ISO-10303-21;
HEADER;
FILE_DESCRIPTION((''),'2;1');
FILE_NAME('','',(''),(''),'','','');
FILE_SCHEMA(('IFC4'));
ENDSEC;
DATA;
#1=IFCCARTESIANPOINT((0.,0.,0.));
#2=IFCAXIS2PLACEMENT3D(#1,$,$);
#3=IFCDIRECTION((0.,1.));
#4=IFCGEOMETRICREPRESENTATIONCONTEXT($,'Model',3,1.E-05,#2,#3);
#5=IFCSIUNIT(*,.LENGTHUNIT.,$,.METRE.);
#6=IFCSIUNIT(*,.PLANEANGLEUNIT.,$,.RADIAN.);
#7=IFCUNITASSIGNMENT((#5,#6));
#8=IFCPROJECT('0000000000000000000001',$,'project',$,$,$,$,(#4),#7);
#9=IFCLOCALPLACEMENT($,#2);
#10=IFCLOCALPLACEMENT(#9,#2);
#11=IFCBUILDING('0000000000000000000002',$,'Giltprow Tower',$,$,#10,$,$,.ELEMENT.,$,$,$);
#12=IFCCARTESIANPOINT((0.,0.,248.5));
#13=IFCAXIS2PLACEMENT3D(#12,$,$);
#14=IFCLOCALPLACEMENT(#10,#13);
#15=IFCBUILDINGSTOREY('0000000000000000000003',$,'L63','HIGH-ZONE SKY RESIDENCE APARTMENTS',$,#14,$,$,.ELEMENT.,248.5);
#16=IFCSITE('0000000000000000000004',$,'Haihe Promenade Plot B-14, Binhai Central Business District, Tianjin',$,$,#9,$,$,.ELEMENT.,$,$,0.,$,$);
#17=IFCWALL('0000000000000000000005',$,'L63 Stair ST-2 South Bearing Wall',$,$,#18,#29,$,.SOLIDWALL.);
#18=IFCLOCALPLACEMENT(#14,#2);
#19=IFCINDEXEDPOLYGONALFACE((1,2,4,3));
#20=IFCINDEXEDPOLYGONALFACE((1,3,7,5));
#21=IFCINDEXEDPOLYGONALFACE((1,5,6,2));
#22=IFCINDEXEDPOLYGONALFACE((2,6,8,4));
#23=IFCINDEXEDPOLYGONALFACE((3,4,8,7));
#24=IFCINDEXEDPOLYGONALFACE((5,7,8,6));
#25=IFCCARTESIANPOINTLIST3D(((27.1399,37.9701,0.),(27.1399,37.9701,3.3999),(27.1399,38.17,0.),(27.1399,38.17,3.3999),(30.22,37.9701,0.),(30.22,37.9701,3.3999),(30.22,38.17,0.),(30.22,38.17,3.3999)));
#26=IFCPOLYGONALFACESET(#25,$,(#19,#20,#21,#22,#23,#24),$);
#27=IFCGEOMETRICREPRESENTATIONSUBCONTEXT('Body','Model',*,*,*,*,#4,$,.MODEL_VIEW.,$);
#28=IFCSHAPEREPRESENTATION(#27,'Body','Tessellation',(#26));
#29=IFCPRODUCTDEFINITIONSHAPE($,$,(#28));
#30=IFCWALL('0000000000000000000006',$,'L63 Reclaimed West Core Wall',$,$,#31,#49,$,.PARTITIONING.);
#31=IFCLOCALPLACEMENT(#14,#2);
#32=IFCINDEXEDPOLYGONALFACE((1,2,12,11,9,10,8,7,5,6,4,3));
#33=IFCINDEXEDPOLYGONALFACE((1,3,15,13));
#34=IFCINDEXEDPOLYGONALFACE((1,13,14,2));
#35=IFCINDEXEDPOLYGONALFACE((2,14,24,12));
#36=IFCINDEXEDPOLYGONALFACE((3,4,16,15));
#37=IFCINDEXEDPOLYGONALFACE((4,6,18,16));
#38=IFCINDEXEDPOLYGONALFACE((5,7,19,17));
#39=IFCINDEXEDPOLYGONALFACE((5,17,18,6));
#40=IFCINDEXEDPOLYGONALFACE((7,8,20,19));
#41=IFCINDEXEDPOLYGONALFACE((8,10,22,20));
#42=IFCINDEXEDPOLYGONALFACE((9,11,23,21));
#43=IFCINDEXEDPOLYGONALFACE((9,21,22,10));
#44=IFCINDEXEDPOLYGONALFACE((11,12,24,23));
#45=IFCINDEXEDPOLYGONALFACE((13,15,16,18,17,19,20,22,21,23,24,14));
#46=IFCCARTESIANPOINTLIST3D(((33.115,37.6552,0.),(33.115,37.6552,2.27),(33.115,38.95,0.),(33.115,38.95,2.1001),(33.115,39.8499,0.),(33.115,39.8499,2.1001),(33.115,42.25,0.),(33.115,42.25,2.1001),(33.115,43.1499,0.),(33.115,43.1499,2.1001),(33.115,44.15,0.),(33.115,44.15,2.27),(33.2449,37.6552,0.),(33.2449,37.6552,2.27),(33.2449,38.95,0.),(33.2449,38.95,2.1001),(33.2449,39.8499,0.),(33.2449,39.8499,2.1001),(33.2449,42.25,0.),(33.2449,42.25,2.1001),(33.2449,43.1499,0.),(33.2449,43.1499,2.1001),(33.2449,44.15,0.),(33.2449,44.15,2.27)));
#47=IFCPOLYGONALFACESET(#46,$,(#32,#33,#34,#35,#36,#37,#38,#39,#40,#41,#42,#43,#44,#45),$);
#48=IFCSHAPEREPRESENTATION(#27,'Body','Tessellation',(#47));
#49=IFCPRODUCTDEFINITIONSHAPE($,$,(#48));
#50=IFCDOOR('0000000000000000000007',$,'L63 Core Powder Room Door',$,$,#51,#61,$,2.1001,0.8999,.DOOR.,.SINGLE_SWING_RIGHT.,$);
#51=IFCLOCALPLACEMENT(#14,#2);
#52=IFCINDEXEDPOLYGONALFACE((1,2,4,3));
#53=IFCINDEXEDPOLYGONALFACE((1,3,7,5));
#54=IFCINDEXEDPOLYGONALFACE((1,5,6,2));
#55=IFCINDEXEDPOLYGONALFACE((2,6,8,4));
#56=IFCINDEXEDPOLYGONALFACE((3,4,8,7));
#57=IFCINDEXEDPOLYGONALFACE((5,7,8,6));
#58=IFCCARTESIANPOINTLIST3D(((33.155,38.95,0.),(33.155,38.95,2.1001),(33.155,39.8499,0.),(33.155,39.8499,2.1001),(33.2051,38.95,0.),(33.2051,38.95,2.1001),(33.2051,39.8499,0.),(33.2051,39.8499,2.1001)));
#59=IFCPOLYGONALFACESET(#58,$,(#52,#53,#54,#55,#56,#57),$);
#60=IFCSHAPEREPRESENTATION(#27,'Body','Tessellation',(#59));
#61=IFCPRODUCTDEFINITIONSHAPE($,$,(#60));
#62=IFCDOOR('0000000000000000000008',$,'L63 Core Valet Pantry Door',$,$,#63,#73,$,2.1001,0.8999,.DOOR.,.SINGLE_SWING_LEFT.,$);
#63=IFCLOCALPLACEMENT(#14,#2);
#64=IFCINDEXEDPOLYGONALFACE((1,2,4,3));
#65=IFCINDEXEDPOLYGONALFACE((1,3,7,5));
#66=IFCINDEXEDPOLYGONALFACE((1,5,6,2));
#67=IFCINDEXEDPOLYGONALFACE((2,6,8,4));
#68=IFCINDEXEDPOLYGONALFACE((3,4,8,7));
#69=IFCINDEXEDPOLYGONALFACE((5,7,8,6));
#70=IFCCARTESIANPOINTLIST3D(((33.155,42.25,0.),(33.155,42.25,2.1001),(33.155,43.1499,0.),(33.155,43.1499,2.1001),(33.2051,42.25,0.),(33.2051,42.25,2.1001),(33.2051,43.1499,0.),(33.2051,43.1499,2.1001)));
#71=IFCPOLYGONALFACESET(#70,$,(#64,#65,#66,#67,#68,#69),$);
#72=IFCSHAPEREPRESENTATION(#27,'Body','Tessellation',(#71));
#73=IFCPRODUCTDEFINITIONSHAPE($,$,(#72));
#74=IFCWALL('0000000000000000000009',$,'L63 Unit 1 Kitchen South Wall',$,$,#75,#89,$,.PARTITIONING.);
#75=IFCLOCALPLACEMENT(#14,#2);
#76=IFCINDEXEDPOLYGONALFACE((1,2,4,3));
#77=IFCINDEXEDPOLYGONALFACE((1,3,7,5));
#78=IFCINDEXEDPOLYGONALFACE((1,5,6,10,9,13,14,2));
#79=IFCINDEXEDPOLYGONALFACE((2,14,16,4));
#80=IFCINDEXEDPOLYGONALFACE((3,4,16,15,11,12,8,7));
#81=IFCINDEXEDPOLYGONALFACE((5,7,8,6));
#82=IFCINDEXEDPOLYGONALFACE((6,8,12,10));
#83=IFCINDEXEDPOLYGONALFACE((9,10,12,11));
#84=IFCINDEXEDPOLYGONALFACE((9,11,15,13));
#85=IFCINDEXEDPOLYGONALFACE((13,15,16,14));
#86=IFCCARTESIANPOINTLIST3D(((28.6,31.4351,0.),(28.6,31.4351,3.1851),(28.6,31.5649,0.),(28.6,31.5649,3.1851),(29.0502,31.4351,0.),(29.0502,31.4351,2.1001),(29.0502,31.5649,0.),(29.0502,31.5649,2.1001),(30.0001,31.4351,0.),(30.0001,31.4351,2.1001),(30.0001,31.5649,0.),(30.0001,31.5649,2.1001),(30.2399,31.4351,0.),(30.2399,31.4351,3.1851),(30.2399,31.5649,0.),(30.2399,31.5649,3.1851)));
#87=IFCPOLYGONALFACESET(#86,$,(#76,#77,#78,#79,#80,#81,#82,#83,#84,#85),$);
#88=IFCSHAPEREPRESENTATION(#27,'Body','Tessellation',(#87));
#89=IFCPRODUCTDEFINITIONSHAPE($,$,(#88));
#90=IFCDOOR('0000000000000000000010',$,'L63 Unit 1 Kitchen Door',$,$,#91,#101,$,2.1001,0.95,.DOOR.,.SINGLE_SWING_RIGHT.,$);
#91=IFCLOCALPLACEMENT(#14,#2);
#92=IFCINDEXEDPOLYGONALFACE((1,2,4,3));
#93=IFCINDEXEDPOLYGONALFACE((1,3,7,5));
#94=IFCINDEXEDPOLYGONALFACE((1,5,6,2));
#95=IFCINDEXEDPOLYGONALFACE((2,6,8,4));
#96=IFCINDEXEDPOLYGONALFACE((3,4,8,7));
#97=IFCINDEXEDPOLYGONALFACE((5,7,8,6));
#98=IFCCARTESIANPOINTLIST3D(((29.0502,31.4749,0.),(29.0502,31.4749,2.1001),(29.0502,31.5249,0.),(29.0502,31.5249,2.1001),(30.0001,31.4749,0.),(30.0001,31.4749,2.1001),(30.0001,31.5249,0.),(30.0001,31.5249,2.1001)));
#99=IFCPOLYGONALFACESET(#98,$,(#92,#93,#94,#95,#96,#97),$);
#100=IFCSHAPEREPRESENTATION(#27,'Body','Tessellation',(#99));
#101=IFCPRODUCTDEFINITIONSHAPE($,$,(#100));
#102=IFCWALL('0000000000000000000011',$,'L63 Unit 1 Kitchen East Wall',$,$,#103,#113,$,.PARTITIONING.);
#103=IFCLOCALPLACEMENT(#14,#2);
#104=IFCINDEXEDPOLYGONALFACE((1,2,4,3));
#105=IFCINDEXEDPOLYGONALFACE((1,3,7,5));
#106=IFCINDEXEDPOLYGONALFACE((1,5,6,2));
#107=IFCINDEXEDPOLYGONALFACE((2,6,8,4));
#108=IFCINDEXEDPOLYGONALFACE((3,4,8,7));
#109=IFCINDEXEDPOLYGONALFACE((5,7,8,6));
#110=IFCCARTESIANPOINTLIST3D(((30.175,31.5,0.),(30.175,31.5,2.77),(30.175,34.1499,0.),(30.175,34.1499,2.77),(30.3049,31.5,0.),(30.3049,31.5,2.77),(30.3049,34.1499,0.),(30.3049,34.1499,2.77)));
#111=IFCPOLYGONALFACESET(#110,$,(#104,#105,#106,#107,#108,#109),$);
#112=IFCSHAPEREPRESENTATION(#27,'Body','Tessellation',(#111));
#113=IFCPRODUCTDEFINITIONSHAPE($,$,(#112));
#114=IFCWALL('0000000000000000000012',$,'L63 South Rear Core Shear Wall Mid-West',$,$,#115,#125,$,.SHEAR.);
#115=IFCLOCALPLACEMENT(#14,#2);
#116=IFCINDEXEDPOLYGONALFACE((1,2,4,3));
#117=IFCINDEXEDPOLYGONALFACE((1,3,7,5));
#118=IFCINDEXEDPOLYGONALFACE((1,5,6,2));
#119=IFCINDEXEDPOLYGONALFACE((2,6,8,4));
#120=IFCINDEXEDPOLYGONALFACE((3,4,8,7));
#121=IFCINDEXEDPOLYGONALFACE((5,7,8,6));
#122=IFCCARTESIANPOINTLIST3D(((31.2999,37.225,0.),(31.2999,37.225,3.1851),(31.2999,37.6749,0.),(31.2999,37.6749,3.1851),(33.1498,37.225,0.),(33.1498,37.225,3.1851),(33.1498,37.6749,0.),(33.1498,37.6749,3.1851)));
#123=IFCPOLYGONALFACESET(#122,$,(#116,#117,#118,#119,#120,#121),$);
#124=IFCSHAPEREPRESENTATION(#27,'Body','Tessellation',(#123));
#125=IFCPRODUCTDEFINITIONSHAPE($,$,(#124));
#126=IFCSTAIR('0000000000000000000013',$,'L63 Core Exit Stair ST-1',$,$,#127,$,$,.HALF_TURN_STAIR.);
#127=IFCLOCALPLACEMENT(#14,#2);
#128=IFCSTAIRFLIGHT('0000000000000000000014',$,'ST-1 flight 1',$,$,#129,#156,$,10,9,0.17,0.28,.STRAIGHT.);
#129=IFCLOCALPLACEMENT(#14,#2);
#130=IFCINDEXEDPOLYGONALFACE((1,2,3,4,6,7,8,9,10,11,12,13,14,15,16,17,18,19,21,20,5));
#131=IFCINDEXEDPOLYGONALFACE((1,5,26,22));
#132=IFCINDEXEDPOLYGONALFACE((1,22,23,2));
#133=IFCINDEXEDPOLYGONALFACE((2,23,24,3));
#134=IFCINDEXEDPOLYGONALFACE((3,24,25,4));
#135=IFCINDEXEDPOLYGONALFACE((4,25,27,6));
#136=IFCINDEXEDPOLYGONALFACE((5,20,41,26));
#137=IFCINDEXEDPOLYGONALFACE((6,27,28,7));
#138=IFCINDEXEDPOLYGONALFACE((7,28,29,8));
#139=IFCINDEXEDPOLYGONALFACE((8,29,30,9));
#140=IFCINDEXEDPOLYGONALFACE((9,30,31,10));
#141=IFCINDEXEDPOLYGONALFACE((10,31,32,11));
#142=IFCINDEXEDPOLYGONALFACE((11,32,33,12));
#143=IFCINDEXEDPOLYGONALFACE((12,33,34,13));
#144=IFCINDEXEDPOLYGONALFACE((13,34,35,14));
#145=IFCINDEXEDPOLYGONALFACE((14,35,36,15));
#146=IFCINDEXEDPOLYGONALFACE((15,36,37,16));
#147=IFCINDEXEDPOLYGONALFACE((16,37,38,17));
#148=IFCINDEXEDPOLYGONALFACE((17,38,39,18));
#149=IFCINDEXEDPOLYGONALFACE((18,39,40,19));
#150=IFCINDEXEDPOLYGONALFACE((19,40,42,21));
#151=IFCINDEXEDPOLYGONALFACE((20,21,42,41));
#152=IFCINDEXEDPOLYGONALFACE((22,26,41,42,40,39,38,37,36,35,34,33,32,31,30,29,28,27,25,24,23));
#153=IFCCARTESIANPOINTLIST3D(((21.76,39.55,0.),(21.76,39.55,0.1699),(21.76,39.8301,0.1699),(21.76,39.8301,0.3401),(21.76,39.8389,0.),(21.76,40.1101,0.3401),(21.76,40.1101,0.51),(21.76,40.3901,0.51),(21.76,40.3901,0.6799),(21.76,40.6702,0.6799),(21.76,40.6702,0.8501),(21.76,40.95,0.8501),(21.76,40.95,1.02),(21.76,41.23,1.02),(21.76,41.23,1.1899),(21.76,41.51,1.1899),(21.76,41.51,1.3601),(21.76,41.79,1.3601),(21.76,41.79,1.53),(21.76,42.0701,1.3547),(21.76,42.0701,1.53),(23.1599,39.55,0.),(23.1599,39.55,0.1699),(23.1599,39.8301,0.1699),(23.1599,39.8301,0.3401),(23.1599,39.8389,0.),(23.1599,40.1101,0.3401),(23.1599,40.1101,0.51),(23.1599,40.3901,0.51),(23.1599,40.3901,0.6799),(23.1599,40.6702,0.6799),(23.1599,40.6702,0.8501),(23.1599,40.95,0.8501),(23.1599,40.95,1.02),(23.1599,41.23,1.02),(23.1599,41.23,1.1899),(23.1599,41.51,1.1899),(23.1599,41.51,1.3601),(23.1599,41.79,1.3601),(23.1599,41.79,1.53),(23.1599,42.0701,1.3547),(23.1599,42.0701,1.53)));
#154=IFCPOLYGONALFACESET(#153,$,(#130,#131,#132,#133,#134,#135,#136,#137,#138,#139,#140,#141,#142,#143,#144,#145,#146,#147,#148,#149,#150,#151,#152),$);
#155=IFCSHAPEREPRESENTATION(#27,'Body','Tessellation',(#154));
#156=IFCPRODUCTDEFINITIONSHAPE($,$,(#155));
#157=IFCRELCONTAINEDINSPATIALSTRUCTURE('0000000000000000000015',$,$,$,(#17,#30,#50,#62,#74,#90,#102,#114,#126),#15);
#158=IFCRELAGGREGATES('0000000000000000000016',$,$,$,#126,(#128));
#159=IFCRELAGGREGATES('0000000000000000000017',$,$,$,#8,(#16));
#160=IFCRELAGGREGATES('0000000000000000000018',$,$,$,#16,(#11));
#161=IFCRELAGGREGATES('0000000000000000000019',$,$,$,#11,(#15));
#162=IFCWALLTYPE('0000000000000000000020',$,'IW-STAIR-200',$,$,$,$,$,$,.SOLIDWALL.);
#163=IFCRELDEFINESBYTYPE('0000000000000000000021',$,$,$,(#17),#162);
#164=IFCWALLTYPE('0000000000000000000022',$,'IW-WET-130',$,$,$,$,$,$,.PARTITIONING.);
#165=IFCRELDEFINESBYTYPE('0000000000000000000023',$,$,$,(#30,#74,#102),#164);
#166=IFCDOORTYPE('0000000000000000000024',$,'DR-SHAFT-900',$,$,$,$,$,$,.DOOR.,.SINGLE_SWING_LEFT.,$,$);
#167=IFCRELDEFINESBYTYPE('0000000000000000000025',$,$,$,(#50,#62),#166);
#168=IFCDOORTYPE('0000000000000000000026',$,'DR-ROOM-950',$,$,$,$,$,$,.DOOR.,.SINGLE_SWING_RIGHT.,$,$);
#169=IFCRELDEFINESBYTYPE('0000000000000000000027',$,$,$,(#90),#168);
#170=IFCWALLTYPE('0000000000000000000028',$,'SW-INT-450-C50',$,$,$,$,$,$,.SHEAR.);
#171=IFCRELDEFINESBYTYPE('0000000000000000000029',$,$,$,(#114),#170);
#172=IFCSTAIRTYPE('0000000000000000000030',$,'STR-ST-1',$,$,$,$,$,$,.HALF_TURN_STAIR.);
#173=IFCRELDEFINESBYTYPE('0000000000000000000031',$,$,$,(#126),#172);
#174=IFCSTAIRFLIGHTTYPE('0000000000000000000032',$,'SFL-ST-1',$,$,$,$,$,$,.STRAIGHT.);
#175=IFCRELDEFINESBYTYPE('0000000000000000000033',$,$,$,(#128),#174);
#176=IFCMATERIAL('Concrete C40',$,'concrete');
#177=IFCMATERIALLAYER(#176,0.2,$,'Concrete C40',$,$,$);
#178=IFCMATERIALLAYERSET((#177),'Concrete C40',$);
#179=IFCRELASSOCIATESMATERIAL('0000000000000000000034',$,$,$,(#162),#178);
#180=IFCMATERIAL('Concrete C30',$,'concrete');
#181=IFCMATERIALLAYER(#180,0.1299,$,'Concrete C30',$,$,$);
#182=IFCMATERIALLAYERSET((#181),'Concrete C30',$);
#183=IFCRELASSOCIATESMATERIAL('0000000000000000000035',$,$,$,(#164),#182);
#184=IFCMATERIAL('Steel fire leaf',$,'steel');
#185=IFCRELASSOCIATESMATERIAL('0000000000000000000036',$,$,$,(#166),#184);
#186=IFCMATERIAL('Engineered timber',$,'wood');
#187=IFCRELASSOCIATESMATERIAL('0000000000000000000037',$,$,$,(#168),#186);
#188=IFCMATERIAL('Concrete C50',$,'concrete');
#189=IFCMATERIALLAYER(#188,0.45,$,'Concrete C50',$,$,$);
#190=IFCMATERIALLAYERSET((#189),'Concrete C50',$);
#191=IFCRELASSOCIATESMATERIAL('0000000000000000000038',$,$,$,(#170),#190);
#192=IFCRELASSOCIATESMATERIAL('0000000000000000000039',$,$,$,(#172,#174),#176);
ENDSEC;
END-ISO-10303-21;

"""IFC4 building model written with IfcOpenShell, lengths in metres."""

from ifc_helpers import new_model, si_unit, direction, frame, frame_2d, origin, place, context, subcontext, project, spatial, polyline, rectangle, outline, extrude, source, transform, mapped, material, layer, layer_set, type_object, element, fill, aggregate, save


model = new_model("IFC4")

# Units and contexts
model_context = context("Model", 3, precision=1e-05, world=origin(), true_north=direction((0.0, 1.0)))
body_context = subcontext(model_context, "Body", "Model", "MODEL_VIEW")
ifc_project = project(units=[si_unit("LENGTHUNIT", "METRE"), si_unit("PLANEANGLEUNIT", "RADIAN")], contexts=[model_context])

# Site, building, storey
site_placement = place(None, origin())
site = spatial("IfcSite", under=ifc_project, at=site_placement, Name="Haihe Promenade Plot B-14, Binhai Central Business District, Tianjin", CompositionType="ELEMENT", RefElevation=0.0)
building_placement = place(site_placement, origin())
building = spatial("IfcBuilding", under=site, at=building_placement, Name="Giltprow Tower", CompositionType="ELEMENT")
storey_placement = place(building_placement, frame((0.0, 0.0, 248.5)))
storey = spatial("IfcBuildingStorey", under=building, at=storey_placement, Name="L63", Description="HIGH-ZONE SKY RESIDENCE APARTMENTS", CompositionType="ELEMENT", Elevation=248.5)

# Shared definitions
ifc_material_1 = material(Name="Concrete C50", Category="concrete")

# Shared definitions
ifc_material_2 = material(Name="Concrete C40", Category="concrete")
ifc_layer_1 = layer(ifc_material_2, 0.2, Name="Concrete C40")
ifc_layer_set_1 = layer_set([ifc_layer_1], Name="Concrete C40")
wall_type_1 = type_object("IfcWallType", Name="IW-STAIR-200", PredefinedType="SOLIDWALL", material=ifc_layer_set_1)
ifc_material_3 = material(Name="Steel fire leaf", Category="steel")

# Wall
wall_1_placement = place(storey_placement, frame((27.1399, 38.0701, 0.0), z_axis=(0.0, 0.0, 1.0), x_axis=(1.0, 0.0, 0.0)))
element("IfcWall", 1, at=wall_1_placement, inside=storey, type_object=wall_type_1, Name="L63 Stair ST-2 South Bearing Wall", PredefinedType="SOLIDWALL", context=body_context, shape_type="SweptSolid", body=[
    extrude(rectangle(XDim=3.0801, YDim=0.2, at=frame_2d((1.54, 0.0))), origin(), (0.0, 0.0, 1.0), 3.3999),
])

# Wall, openings, doors
ifc_material_4 = material(Name="Concrete C30", Category="concrete")
ifc_layer_2 = layer(ifc_material_4, 0.1299, Name="Concrete C30")
ifc_layer_set_2 = layer_set([ifc_layer_2], Name="Concrete C30")
wall_type_2 = type_object("IfcWallType", Name="IW-WET-130", PredefinedType="PARTITIONING", material=ifc_layer_set_2)
wall_2_placement = place(storey_placement, frame((33.1799, 37.655, 0.0), z_axis=(0.0, 0.0, 1.0), x_axis=(0.0, 1.0, 0.0)))
wall_2 = element("IfcWall", 2, at=wall_2_placement, inside=storey, type_object=wall_type_2, Name="L63 Reclaimed West Core Wall", PredefinedType="PARTITIONING", context=body_context, shape_type="SweptSolid", body=[
    extrude(rectangle(XDim=6.4949, YDim=0.1299, at=frame_2d((3.2476, 0.0))), origin(), (0.0, 0.0, 1.0), 2.27),
])
opening_1_placement = place(wall_2_placement, frame((1.2949, 0.0, 0.0)))
opening_1 = element("IfcOpeningElement", 3, at=opening_1_placement, cuts=wall_2, PredefinedType="OPENING", context=body_context, shape_type="SweptSolid", body=[
    extrude(rectangle(XDim=0.8999, YDim=2.1001, at=frame_2d((0.45, 1.05))), frame((0.0, 0.075, 0.0), z_axis=(0.0, -1.0, 0.0), x_axis=(1.0, 0.0, 0.0)), (0.0, 0.0, 1.0), 0.1499),
])
opening_2_placement = place(wall_2_placement, frame((4.595, 0.0, 0.0)))
opening_2 = element("IfcOpeningElement", 4, at=opening_2_placement, cuts=wall_2, PredefinedType="OPENING", context=body_context, shape_type="SweptSolid", body=[
    extrude(rectangle(XDim=0.8999, YDim=2.1001, at=frame_2d((0.45, 1.05))), frame((0.0, 0.075, 0.0), z_axis=(0.0, -1.0, 0.0), x_axis=(1.0, 0.0, 0.0)), (0.0, 0.0, 1.0), 0.1499),
])
door_type_1 = type_object("IfcDoorType", Name="DR-SHAFT-900", OperationType="SINGLE_SWING_LEFT", PredefinedType="DOOR", material=ifc_material_3)
shared_shape_1 = source(origin(), body_context, "Body", "SweptSolid", [
    extrude(rectangle(XDim=0.8999, YDim=2.1001, at=frame_2d((0.45, 1.05))), frame((0.0, 0.0249, 0.0), z_axis=(0.0, -1.0, 0.0), x_axis=(1.0, 0.0, 0.0)), (0.0, 0.0, 1.0), 0.05),
])
door_1_placement = place(opening_1_placement, origin())
door_1 = element("IfcDoor", 5, at=door_1_placement, inside=storey, type_object=door_type_1, Name="L63 Core Powder Room Door", OperationType="SINGLE_SWING_RIGHT", OverallHeight=2.1001, OverallWidth=0.8999, PredefinedType="DOOR", context=body_context, shape_type="MappedRepresentation", body=[
    mapped(shared_shape_1, transform((0.0, 0.0, 0.0), x_axis=(1.0, 0.0, 0.0), y_axis=(0.0, 1.0, 0.0), z_axis=(0.0, 0.0, 1.0), scale=1.0)),
])
fill(opening_1, door_1)
door_2_placement = place(opening_2_placement, origin())
door_2 = element("IfcDoor", 6, at=door_2_placement, inside=storey, type_object=door_type_1, Name="L63 Core Valet Pantry Door", OperationType="SINGLE_SWING_LEFT", OverallHeight=2.1001, OverallWidth=0.8999, PredefinedType="DOOR", context=body_context, shape_type="MappedRepresentation", body=[
    mapped(shared_shape_1, transform((0.0, 0.0, 0.0), x_axis=(1.0, 0.0, 0.0), y_axis=(0.0, 1.0, 0.0), z_axis=(0.0, 0.0, 1.0), scale=1.0)),
])
fill(opening_2, door_2)

# Wall, opening, door
wall_3_placement = place(storey_placement, frame((28.6001, 31.5, 0.0), z_axis=(0.0, 0.0, 1.0), x_axis=(1.0, 0.0, 0.0)))
wall_3 = element("IfcWall", 7, at=wall_3_placement, inside=storey, type_object=wall_type_2, Name="L63 Unit 1 Kitchen South Wall", PredefinedType="PARTITIONING", context=body_context, shape_type="SweptSolid", body=[
    extrude(rectangle(XDim=1.6399, YDim=0.1299, at=frame_2d((0.8198, 0.0))), origin(), (0.0, 0.0, 1.0), 3.1851),
])
opening_3_placement = place(wall_3_placement, frame((0.45, 0.0, 0.0)))
opening_3 = element("IfcOpeningElement", 8, at=opening_3_placement, cuts=wall_3, PredefinedType="OPENING", context=body_context, shape_type="SweptSolid", body=[
    extrude(rectangle(XDim=0.95, YDim=2.1001, at=frame_2d((0.4751, 1.05))), frame((0.0, 0.075, 0.0), z_axis=(0.0, -1.0, 0.0), x_axis=(1.0, 0.0, 0.0)), (0.0, 0.0, 1.0), 0.1499),
])
ifc_material_5 = material(Name="Engineered timber", Category="wood")
door_type_2 = type_object("IfcDoorType", Name="DR-ROOM-950", OperationType="SINGLE_SWING_RIGHT", PredefinedType="DOOR", material=ifc_material_5)
shared_shape_2 = source(origin(), body_context, "Body", "SweptSolid", [
    extrude(rectangle(XDim=0.95, YDim=2.1001, at=frame_2d((0.4751, 1.05))), frame((0.0, 0.0249, 0.0), z_axis=(0.0, -1.0, 0.0), x_axis=(1.0, 0.0, 0.0)), (0.0, 0.0, 1.0), 0.05),
])
door_3_placement = place(opening_3_placement, origin())
door_3 = element("IfcDoor", 9, at=door_3_placement, inside=storey, type_object=door_type_2, Name="L63 Unit 1 Kitchen Door", OperationType="SINGLE_SWING_RIGHT", OverallHeight=2.1001, OverallWidth=0.95, PredefinedType="DOOR", context=body_context, shape_type="MappedRepresentation", body=[
    mapped(shared_shape_2, transform((0.0, 0.0, 0.0), x_axis=(1.0, 0.0, 0.0), y_axis=(0.0, 1.0, 0.0), z_axis=(0.0, 0.0, 1.0), scale=1.0)),
])
fill(opening_3, door_3)

# Walls
wall_4_placement = place(storey_placement, frame((30.24, 31.5, 0.0), z_axis=(0.0, 0.0, 1.0), x_axis=(0.0, 1.0, 0.0)))
element("IfcWall", 10, at=wall_4_placement, inside=storey, type_object=wall_type_2, Name="L63 Unit 1 Kitchen East Wall", PredefinedType="PARTITIONING", context=body_context, shape_type="SweptSolid", body=[
    extrude(rectangle(XDim=2.6499, YDim=0.1299, at=frame_2d((1.325, 0.0))), origin(), (0.0, 0.0, 1.0), 2.77),
])
ifc_layer_3 = layer(ifc_material_1, 0.45, Name="Concrete C50")
ifc_layer_set_3 = layer_set([ifc_layer_3], Name="Concrete C50")
wall_type_3 = type_object("IfcWallType", Name="SW-INT-450-C50", PredefinedType="SHEAR", material=ifc_layer_set_3)
wall_5_placement = place(storey_placement, frame((31.3, 37.45, 0.0), z_axis=(0.0, 0.0, 1.0), x_axis=(1.0, 0.0, 0.0)))
element("IfcWall", 11, at=wall_5_placement, inside=storey, type_object=wall_type_3, Name="L63 South Rear Core Shear Wall Mid-West", PredefinedType="SHEAR", context=body_context, shape_type="SweptSolid", body=[
    extrude(rectangle(XDim=1.8499, YDim=0.45, at=frame_2d((0.9248, 0.0))), origin(), (0.0, 0.0, 1.0), 3.1851),
])

# Stair, stair flight
stair_type = type_object("IfcStairType", Name="STR-ST-1", PredefinedType="HALF_TURN_STAIR", material=ifc_material_2)
stair_placement = place(storey_placement, origin())
stair = element("IfcStair", 12, at=stair_placement, inside=storey, type_object=stair_type, Name="L63 Core Exit Stair ST-1", PredefinedType="HALF_TURN_STAIR")
stair_flight_type = type_object("IfcStairFlightType", Name="SFL-ST-1", PredefinedType="STRAIGHT", material=ifc_material_2)
stair_flight_placement = place(storey_placement, frame((22.46, 39.55, 0.0), z_axis=(0.0, 0.0, 1.0), x_axis=(0.0, 1.0, 0.0)))
stair_flight = element("IfcStairFlight", 13, at=stair_flight_placement, type_object=stair_flight_type, Name="ST-1 flight 1", NumberOfRisers=10, NumberOfTreads=9, PredefinedType="STRAIGHT", RiserHeight=0.17, TreadLength=0.28, context=body_context, shape_type="SweptSolid", body=[
    extrude(outline(polyline([(0.0, 0.0), (0.0, 0.1699), (0.28, 0.1699), (0.28, 0.3401), (0.5601, 0.3401), (0.5601, 0.51), (0.8401, 0.51), (0.8401, 0.6799), (1.1201, 0.6799), (1.1201, 0.8501), (1.3999, 0.8501), (1.3999, 1.02), (1.6799, 1.02), (1.6799, 1.1899), (1.96, 1.1899), (1.96, 1.3601), (2.24, 1.3601), (2.24, 1.53), (2.52, 1.53), (2.52, 1.7), (2.52, 1.3547), (0.2888, 0.0), (0.0, 0.0)])), frame((0.0, 0.7, 0.0), z_axis=(0.0, -1.0, 0.0), x_axis=(1.0, 0.0, 0.0)), (0.0, 0.0, 1.0), 1.3999),
])
aggregate(stair, [stair_flight])

save(model, "model.ifc")
